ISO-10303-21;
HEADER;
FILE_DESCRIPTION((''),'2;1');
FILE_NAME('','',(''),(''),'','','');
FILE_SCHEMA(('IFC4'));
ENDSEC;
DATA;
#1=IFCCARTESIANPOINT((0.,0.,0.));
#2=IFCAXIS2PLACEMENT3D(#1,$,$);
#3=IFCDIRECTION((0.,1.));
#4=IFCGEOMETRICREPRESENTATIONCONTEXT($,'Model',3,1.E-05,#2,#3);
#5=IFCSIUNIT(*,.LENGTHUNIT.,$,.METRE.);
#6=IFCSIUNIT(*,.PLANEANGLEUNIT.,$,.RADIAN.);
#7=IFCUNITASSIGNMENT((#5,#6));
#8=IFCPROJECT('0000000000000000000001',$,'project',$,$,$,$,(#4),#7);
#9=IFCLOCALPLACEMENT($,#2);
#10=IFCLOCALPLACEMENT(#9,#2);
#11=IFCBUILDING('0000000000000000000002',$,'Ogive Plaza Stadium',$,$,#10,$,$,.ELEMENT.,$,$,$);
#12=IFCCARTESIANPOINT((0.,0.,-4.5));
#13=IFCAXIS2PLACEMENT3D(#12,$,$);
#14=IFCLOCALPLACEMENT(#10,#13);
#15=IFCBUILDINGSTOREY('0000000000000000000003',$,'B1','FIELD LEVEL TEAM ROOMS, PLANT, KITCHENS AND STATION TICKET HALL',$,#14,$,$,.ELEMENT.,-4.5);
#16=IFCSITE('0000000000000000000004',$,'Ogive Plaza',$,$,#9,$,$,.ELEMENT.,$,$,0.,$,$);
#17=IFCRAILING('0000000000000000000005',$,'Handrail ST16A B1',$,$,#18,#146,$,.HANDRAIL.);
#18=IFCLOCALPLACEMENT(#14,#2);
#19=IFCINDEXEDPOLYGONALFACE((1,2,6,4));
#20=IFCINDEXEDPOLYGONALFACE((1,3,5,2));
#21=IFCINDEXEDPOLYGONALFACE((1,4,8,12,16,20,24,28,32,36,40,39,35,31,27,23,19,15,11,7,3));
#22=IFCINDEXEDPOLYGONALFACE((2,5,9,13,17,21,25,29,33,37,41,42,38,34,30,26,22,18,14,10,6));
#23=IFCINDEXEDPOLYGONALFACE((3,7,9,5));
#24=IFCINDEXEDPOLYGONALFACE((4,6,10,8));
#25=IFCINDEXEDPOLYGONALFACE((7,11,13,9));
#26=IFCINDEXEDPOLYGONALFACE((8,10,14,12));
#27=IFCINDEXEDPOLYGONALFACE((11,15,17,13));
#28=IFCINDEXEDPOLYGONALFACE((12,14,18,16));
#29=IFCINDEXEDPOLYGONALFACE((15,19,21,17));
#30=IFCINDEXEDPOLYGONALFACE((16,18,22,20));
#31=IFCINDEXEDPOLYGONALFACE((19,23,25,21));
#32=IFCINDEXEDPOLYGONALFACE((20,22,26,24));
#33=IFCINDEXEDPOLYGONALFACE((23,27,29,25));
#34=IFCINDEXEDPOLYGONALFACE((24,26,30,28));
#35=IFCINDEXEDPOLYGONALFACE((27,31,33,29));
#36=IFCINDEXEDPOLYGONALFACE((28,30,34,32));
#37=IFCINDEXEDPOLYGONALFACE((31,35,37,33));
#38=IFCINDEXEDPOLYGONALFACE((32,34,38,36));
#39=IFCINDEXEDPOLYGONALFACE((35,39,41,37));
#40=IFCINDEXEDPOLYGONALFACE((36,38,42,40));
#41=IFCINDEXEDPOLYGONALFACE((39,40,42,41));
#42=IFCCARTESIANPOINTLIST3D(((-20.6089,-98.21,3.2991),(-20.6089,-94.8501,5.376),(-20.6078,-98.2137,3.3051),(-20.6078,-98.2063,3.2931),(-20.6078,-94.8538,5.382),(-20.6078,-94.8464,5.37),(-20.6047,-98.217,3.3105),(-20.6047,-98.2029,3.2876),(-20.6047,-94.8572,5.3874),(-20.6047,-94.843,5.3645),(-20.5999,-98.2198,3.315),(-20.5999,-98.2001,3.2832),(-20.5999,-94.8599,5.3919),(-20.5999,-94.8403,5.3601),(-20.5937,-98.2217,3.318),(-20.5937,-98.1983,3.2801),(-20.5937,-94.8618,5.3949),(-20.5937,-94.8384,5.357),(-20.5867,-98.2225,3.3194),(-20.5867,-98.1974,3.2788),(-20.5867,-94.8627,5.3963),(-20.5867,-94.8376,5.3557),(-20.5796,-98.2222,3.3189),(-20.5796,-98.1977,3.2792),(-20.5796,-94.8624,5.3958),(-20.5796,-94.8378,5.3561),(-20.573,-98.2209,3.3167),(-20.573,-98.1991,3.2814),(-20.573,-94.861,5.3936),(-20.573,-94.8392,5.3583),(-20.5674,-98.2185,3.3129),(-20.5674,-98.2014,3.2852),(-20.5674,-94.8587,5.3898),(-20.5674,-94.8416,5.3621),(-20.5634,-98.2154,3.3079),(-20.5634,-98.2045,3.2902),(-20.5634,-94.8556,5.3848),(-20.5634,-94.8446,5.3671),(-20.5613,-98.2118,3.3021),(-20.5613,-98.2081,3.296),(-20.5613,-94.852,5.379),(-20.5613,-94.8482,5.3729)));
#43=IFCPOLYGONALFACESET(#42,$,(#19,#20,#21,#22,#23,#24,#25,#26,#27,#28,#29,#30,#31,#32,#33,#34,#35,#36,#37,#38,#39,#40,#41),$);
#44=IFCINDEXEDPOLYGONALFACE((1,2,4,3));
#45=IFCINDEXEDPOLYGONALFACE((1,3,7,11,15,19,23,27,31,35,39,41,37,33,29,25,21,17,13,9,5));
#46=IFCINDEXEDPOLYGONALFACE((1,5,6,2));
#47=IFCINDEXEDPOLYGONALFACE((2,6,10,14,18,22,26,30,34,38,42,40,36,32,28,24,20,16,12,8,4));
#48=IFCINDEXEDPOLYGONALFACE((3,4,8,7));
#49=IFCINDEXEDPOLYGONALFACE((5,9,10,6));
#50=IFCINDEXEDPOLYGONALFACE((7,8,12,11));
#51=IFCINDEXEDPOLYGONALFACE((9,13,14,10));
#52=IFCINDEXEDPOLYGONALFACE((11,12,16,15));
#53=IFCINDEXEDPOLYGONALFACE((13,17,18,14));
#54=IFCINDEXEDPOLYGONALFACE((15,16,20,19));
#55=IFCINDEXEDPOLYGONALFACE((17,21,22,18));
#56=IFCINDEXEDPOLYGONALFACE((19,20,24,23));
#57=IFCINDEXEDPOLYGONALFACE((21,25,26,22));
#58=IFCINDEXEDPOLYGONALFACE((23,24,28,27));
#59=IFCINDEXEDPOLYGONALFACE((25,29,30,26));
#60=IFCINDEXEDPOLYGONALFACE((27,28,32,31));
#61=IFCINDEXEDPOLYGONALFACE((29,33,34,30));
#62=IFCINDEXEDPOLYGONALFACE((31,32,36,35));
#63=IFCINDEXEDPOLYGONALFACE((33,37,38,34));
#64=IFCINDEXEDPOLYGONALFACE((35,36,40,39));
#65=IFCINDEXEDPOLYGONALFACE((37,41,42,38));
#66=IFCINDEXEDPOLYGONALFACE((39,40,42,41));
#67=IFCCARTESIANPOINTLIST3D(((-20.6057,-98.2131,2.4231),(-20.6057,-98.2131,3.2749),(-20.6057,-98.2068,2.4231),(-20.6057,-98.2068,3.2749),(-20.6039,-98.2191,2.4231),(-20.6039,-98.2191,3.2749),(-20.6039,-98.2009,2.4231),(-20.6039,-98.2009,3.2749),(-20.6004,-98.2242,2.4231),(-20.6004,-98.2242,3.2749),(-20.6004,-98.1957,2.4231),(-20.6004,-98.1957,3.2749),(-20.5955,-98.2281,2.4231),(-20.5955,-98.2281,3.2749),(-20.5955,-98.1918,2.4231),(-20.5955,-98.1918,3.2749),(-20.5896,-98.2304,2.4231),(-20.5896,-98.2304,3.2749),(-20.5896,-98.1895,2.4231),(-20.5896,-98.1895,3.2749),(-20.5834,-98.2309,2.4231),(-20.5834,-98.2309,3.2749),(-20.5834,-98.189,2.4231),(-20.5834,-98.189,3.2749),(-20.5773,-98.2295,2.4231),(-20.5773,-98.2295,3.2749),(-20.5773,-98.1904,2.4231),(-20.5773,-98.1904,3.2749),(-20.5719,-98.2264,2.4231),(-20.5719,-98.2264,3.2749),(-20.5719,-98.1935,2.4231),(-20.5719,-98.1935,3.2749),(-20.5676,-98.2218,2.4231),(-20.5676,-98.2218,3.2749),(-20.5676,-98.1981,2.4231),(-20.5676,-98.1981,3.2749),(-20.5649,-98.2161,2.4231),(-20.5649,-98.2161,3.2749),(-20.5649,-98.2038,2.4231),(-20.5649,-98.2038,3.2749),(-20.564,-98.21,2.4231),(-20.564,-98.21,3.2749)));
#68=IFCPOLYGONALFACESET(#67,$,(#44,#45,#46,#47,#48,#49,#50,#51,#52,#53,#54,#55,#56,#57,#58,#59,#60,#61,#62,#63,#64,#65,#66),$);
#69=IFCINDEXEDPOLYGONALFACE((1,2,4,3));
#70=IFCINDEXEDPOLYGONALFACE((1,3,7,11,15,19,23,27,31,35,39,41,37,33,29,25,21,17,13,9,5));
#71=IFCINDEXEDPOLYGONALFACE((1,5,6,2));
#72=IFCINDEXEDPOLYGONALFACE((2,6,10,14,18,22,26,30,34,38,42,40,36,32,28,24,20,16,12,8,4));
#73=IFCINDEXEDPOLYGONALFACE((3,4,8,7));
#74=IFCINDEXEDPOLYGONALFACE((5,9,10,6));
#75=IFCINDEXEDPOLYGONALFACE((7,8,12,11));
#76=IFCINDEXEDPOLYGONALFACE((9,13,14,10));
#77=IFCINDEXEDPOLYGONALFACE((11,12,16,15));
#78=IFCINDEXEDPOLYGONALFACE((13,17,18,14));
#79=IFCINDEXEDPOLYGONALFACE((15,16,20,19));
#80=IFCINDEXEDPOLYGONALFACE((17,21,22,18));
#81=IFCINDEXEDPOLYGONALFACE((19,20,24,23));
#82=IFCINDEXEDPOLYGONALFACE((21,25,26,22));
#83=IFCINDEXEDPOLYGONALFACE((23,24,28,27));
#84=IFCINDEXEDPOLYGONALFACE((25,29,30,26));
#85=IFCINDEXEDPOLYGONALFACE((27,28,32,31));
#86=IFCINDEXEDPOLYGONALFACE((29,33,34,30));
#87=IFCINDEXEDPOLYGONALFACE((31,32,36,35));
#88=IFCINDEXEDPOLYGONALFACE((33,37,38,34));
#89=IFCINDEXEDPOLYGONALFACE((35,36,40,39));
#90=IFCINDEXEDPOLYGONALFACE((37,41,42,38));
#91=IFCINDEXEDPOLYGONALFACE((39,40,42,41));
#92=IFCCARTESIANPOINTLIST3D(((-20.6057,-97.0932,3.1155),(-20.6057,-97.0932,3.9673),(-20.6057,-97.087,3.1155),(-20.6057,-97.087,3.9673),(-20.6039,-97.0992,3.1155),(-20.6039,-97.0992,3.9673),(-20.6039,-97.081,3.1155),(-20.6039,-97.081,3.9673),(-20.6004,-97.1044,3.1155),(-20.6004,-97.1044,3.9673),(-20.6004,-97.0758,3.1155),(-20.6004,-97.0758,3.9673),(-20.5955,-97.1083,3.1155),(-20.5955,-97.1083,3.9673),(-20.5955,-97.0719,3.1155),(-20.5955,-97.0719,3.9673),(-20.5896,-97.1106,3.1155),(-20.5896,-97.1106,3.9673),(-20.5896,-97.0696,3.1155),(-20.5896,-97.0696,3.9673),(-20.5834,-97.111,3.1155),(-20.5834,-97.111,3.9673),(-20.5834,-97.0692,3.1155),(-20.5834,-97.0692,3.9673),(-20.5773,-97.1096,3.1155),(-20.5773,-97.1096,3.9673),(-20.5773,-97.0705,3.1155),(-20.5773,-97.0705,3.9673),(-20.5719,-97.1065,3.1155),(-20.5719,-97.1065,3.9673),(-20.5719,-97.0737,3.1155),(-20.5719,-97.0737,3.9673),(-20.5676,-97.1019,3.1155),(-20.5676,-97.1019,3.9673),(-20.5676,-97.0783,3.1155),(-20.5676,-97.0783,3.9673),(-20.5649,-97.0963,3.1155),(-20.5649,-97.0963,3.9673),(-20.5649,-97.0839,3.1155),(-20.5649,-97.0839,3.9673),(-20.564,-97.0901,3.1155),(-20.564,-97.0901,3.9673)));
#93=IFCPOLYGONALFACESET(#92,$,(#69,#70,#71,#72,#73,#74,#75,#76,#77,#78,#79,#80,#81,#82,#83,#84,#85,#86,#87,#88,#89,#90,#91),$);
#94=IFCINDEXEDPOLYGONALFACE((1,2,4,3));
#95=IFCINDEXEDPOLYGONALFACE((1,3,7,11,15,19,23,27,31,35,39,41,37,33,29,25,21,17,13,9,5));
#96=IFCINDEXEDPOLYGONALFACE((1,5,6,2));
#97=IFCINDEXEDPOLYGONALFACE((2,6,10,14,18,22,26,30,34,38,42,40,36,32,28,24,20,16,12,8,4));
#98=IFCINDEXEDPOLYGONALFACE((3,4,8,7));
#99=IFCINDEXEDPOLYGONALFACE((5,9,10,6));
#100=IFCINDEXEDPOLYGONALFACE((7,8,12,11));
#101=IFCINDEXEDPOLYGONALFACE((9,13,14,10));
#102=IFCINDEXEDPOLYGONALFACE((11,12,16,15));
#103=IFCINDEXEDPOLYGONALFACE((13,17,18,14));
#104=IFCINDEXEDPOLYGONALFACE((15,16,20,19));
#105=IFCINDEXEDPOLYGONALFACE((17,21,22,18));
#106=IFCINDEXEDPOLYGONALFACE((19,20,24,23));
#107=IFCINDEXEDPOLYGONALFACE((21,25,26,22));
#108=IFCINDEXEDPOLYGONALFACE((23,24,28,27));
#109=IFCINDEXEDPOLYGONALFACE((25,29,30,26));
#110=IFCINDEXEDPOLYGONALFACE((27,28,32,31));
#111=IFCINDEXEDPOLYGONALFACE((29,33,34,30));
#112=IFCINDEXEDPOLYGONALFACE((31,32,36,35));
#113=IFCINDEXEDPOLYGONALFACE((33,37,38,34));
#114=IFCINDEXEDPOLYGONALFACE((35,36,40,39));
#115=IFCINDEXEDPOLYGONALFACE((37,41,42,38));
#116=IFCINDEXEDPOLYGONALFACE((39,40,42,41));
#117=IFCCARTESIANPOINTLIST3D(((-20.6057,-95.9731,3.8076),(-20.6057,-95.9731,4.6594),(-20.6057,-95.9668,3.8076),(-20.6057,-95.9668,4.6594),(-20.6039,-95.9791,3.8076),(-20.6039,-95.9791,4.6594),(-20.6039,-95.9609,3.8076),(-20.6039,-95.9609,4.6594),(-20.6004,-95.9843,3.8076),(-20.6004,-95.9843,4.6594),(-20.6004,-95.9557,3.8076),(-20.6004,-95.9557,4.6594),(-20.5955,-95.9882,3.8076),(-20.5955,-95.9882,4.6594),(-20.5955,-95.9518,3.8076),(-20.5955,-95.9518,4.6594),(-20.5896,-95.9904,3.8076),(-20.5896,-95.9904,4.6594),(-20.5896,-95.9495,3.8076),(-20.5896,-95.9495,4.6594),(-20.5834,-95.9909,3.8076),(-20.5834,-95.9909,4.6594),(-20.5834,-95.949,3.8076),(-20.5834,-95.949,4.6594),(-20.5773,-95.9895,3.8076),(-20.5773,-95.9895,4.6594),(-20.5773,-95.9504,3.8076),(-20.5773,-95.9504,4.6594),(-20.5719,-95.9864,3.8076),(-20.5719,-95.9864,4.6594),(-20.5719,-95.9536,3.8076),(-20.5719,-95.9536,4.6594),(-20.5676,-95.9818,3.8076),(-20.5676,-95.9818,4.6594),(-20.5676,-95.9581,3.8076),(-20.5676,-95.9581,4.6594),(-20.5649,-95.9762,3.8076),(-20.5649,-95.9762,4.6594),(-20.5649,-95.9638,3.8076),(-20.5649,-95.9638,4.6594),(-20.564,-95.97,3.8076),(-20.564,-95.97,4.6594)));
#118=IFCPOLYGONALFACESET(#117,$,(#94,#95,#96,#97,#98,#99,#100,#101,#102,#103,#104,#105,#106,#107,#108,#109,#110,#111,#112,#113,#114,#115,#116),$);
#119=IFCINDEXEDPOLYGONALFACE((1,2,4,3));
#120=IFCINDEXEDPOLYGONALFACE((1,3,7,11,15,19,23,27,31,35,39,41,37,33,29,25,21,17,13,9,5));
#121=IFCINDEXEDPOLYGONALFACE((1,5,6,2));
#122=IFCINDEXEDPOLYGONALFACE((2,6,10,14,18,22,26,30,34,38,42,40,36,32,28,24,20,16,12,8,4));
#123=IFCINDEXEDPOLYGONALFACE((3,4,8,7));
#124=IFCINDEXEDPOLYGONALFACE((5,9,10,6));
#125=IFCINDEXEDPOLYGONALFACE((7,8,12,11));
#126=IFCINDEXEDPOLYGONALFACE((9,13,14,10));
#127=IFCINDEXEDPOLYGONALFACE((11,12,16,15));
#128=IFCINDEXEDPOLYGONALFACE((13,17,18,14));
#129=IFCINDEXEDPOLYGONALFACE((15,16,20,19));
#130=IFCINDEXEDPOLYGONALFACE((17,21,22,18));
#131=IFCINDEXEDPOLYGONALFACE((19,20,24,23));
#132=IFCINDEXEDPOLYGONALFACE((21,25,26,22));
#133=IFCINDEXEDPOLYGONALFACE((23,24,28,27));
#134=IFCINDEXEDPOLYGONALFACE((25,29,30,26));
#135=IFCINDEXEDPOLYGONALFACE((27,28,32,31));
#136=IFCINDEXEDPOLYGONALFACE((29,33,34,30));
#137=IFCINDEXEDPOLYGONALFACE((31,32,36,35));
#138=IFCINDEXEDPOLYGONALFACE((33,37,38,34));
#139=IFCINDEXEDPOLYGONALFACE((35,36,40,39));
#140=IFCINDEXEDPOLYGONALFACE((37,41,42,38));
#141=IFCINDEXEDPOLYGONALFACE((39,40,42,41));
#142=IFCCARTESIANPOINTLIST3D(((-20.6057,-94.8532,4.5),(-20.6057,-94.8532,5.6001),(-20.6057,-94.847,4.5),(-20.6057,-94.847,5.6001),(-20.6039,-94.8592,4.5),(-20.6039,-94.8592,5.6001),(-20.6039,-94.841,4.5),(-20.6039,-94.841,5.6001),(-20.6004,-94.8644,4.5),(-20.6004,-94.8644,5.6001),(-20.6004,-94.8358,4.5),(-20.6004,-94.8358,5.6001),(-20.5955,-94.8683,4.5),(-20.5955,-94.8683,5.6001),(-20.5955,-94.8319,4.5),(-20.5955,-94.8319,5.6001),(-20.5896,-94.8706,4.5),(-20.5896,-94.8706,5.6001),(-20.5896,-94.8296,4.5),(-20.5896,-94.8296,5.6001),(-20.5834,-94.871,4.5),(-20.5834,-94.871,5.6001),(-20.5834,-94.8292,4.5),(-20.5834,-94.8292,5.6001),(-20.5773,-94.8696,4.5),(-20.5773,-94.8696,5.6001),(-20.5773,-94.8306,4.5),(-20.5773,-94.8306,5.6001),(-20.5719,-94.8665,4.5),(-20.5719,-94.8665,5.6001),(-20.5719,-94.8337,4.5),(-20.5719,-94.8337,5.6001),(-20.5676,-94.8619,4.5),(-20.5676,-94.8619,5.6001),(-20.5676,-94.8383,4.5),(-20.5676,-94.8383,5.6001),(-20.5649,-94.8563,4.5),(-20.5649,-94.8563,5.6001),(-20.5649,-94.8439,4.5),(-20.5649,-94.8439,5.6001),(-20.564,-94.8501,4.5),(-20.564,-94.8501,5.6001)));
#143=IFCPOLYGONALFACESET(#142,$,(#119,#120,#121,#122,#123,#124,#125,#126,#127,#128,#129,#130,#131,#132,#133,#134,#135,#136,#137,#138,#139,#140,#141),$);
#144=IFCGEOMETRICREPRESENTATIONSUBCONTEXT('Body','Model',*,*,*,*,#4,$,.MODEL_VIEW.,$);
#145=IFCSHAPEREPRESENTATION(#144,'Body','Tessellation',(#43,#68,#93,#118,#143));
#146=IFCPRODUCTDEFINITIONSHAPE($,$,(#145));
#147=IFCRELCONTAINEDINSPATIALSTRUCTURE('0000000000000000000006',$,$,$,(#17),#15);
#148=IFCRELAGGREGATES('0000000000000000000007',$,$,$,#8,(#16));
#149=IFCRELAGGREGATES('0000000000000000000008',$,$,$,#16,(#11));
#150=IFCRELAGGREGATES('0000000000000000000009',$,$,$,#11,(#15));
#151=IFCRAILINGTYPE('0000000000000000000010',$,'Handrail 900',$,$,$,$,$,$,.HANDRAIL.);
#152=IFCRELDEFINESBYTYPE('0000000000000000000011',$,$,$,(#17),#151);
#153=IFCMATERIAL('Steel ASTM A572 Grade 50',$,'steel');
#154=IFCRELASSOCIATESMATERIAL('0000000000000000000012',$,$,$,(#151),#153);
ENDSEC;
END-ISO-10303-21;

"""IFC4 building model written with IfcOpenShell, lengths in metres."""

from ifc_helpers import new_model, si_unit, direction, frame, origin, origin_2d, place, context, subcontext, project, spatial, circle, extrude, material, type_object, element, save


model = new_model("IFC4")

# Units and contexts
model_context = context("Model", 3, precision=1e-05, world=origin(), true_north=direction((0.0, 1.0)))
body_context = subcontext(model_context, "Body", "Model", "MODEL_VIEW")
ifc_project = project(units=[si_unit("LENGTHUNIT", "METRE"), si_unit("PLANEANGLEUNIT", "RADIAN")], contexts=[model_context])

# Site, building, storey
site_placement = place(None, origin())
site = spatial("IfcSite", under=ifc_project, at=site_placement, Name="Ogive Plaza", CompositionType="ELEMENT", RefElevation=0.0)
building_placement = place(site_placement, origin())
building = spatial("IfcBuilding", under=site, at=building_placement, Name="Ogive Plaza Stadium", CompositionType="ELEMENT")
storey_placement = place(building_placement, frame((0.0, 0.0, -4.5)))
storey = spatial("IfcBuildingStorey", under=building, at=storey_placement, Name="B1", Description="FIELD LEVEL TEAM ROOMS, PLANT, KITCHENS AND STATION TICKET HALL", CompositionType="ELEMENT", Elevation=-4.5)

# Railing
ifc_material_1 = material(Name="Steel ASTM A572 Grade 50", Category="steel")
railing_type_1 = type_object("IfcRailingType", Name="Handrail 900", PredefinedType="HANDRAIL", material=ifc_material_1)
for number, where, name in (
    (1, (-20.585, -98.21, 2.4231), "Handrail ST16A B1"),
):
    element("IfcRailing", number, at=place(storey_placement, frame(where)), inside=storey, type_object=railing_type_1, Name=name, PredefinedType="HANDRAIL", context=body_context, shape_type="SweptSolid", body=[
        extrude(circle(Radius=0.0239, at=origin_2d()), frame((0.0, 0.0, 0.876), z_axis=(0.0, 0.850606, 0.525803), x_axis=(-1.0, 0.0, 0.0)), (0.0, 0.0, 1.0), 3.95),
        extrude(circle(Radius=0.021, at=origin_2d()), origin(), (0.0, 0.0, 1.0), 0.8518),
        extrude(circle(Radius=0.021, at=origin_2d()), frame((0.0, 1.1199, 0.6924)), (0.0, 0.0, 1.0), 0.8518),
        extrude(circle(Radius=0.021, at=origin_2d()), frame((0.0, 2.24, 1.3845)), (0.0, 0.0, 1.0), 0.8518),
        extrude(circle(Radius=0.021, at=origin_2d()), frame((0.0, 3.3599, 2.0769)), (0.0, 0.0, 1.0), 1.1001),
    ])

save(model, "model.ifc")
